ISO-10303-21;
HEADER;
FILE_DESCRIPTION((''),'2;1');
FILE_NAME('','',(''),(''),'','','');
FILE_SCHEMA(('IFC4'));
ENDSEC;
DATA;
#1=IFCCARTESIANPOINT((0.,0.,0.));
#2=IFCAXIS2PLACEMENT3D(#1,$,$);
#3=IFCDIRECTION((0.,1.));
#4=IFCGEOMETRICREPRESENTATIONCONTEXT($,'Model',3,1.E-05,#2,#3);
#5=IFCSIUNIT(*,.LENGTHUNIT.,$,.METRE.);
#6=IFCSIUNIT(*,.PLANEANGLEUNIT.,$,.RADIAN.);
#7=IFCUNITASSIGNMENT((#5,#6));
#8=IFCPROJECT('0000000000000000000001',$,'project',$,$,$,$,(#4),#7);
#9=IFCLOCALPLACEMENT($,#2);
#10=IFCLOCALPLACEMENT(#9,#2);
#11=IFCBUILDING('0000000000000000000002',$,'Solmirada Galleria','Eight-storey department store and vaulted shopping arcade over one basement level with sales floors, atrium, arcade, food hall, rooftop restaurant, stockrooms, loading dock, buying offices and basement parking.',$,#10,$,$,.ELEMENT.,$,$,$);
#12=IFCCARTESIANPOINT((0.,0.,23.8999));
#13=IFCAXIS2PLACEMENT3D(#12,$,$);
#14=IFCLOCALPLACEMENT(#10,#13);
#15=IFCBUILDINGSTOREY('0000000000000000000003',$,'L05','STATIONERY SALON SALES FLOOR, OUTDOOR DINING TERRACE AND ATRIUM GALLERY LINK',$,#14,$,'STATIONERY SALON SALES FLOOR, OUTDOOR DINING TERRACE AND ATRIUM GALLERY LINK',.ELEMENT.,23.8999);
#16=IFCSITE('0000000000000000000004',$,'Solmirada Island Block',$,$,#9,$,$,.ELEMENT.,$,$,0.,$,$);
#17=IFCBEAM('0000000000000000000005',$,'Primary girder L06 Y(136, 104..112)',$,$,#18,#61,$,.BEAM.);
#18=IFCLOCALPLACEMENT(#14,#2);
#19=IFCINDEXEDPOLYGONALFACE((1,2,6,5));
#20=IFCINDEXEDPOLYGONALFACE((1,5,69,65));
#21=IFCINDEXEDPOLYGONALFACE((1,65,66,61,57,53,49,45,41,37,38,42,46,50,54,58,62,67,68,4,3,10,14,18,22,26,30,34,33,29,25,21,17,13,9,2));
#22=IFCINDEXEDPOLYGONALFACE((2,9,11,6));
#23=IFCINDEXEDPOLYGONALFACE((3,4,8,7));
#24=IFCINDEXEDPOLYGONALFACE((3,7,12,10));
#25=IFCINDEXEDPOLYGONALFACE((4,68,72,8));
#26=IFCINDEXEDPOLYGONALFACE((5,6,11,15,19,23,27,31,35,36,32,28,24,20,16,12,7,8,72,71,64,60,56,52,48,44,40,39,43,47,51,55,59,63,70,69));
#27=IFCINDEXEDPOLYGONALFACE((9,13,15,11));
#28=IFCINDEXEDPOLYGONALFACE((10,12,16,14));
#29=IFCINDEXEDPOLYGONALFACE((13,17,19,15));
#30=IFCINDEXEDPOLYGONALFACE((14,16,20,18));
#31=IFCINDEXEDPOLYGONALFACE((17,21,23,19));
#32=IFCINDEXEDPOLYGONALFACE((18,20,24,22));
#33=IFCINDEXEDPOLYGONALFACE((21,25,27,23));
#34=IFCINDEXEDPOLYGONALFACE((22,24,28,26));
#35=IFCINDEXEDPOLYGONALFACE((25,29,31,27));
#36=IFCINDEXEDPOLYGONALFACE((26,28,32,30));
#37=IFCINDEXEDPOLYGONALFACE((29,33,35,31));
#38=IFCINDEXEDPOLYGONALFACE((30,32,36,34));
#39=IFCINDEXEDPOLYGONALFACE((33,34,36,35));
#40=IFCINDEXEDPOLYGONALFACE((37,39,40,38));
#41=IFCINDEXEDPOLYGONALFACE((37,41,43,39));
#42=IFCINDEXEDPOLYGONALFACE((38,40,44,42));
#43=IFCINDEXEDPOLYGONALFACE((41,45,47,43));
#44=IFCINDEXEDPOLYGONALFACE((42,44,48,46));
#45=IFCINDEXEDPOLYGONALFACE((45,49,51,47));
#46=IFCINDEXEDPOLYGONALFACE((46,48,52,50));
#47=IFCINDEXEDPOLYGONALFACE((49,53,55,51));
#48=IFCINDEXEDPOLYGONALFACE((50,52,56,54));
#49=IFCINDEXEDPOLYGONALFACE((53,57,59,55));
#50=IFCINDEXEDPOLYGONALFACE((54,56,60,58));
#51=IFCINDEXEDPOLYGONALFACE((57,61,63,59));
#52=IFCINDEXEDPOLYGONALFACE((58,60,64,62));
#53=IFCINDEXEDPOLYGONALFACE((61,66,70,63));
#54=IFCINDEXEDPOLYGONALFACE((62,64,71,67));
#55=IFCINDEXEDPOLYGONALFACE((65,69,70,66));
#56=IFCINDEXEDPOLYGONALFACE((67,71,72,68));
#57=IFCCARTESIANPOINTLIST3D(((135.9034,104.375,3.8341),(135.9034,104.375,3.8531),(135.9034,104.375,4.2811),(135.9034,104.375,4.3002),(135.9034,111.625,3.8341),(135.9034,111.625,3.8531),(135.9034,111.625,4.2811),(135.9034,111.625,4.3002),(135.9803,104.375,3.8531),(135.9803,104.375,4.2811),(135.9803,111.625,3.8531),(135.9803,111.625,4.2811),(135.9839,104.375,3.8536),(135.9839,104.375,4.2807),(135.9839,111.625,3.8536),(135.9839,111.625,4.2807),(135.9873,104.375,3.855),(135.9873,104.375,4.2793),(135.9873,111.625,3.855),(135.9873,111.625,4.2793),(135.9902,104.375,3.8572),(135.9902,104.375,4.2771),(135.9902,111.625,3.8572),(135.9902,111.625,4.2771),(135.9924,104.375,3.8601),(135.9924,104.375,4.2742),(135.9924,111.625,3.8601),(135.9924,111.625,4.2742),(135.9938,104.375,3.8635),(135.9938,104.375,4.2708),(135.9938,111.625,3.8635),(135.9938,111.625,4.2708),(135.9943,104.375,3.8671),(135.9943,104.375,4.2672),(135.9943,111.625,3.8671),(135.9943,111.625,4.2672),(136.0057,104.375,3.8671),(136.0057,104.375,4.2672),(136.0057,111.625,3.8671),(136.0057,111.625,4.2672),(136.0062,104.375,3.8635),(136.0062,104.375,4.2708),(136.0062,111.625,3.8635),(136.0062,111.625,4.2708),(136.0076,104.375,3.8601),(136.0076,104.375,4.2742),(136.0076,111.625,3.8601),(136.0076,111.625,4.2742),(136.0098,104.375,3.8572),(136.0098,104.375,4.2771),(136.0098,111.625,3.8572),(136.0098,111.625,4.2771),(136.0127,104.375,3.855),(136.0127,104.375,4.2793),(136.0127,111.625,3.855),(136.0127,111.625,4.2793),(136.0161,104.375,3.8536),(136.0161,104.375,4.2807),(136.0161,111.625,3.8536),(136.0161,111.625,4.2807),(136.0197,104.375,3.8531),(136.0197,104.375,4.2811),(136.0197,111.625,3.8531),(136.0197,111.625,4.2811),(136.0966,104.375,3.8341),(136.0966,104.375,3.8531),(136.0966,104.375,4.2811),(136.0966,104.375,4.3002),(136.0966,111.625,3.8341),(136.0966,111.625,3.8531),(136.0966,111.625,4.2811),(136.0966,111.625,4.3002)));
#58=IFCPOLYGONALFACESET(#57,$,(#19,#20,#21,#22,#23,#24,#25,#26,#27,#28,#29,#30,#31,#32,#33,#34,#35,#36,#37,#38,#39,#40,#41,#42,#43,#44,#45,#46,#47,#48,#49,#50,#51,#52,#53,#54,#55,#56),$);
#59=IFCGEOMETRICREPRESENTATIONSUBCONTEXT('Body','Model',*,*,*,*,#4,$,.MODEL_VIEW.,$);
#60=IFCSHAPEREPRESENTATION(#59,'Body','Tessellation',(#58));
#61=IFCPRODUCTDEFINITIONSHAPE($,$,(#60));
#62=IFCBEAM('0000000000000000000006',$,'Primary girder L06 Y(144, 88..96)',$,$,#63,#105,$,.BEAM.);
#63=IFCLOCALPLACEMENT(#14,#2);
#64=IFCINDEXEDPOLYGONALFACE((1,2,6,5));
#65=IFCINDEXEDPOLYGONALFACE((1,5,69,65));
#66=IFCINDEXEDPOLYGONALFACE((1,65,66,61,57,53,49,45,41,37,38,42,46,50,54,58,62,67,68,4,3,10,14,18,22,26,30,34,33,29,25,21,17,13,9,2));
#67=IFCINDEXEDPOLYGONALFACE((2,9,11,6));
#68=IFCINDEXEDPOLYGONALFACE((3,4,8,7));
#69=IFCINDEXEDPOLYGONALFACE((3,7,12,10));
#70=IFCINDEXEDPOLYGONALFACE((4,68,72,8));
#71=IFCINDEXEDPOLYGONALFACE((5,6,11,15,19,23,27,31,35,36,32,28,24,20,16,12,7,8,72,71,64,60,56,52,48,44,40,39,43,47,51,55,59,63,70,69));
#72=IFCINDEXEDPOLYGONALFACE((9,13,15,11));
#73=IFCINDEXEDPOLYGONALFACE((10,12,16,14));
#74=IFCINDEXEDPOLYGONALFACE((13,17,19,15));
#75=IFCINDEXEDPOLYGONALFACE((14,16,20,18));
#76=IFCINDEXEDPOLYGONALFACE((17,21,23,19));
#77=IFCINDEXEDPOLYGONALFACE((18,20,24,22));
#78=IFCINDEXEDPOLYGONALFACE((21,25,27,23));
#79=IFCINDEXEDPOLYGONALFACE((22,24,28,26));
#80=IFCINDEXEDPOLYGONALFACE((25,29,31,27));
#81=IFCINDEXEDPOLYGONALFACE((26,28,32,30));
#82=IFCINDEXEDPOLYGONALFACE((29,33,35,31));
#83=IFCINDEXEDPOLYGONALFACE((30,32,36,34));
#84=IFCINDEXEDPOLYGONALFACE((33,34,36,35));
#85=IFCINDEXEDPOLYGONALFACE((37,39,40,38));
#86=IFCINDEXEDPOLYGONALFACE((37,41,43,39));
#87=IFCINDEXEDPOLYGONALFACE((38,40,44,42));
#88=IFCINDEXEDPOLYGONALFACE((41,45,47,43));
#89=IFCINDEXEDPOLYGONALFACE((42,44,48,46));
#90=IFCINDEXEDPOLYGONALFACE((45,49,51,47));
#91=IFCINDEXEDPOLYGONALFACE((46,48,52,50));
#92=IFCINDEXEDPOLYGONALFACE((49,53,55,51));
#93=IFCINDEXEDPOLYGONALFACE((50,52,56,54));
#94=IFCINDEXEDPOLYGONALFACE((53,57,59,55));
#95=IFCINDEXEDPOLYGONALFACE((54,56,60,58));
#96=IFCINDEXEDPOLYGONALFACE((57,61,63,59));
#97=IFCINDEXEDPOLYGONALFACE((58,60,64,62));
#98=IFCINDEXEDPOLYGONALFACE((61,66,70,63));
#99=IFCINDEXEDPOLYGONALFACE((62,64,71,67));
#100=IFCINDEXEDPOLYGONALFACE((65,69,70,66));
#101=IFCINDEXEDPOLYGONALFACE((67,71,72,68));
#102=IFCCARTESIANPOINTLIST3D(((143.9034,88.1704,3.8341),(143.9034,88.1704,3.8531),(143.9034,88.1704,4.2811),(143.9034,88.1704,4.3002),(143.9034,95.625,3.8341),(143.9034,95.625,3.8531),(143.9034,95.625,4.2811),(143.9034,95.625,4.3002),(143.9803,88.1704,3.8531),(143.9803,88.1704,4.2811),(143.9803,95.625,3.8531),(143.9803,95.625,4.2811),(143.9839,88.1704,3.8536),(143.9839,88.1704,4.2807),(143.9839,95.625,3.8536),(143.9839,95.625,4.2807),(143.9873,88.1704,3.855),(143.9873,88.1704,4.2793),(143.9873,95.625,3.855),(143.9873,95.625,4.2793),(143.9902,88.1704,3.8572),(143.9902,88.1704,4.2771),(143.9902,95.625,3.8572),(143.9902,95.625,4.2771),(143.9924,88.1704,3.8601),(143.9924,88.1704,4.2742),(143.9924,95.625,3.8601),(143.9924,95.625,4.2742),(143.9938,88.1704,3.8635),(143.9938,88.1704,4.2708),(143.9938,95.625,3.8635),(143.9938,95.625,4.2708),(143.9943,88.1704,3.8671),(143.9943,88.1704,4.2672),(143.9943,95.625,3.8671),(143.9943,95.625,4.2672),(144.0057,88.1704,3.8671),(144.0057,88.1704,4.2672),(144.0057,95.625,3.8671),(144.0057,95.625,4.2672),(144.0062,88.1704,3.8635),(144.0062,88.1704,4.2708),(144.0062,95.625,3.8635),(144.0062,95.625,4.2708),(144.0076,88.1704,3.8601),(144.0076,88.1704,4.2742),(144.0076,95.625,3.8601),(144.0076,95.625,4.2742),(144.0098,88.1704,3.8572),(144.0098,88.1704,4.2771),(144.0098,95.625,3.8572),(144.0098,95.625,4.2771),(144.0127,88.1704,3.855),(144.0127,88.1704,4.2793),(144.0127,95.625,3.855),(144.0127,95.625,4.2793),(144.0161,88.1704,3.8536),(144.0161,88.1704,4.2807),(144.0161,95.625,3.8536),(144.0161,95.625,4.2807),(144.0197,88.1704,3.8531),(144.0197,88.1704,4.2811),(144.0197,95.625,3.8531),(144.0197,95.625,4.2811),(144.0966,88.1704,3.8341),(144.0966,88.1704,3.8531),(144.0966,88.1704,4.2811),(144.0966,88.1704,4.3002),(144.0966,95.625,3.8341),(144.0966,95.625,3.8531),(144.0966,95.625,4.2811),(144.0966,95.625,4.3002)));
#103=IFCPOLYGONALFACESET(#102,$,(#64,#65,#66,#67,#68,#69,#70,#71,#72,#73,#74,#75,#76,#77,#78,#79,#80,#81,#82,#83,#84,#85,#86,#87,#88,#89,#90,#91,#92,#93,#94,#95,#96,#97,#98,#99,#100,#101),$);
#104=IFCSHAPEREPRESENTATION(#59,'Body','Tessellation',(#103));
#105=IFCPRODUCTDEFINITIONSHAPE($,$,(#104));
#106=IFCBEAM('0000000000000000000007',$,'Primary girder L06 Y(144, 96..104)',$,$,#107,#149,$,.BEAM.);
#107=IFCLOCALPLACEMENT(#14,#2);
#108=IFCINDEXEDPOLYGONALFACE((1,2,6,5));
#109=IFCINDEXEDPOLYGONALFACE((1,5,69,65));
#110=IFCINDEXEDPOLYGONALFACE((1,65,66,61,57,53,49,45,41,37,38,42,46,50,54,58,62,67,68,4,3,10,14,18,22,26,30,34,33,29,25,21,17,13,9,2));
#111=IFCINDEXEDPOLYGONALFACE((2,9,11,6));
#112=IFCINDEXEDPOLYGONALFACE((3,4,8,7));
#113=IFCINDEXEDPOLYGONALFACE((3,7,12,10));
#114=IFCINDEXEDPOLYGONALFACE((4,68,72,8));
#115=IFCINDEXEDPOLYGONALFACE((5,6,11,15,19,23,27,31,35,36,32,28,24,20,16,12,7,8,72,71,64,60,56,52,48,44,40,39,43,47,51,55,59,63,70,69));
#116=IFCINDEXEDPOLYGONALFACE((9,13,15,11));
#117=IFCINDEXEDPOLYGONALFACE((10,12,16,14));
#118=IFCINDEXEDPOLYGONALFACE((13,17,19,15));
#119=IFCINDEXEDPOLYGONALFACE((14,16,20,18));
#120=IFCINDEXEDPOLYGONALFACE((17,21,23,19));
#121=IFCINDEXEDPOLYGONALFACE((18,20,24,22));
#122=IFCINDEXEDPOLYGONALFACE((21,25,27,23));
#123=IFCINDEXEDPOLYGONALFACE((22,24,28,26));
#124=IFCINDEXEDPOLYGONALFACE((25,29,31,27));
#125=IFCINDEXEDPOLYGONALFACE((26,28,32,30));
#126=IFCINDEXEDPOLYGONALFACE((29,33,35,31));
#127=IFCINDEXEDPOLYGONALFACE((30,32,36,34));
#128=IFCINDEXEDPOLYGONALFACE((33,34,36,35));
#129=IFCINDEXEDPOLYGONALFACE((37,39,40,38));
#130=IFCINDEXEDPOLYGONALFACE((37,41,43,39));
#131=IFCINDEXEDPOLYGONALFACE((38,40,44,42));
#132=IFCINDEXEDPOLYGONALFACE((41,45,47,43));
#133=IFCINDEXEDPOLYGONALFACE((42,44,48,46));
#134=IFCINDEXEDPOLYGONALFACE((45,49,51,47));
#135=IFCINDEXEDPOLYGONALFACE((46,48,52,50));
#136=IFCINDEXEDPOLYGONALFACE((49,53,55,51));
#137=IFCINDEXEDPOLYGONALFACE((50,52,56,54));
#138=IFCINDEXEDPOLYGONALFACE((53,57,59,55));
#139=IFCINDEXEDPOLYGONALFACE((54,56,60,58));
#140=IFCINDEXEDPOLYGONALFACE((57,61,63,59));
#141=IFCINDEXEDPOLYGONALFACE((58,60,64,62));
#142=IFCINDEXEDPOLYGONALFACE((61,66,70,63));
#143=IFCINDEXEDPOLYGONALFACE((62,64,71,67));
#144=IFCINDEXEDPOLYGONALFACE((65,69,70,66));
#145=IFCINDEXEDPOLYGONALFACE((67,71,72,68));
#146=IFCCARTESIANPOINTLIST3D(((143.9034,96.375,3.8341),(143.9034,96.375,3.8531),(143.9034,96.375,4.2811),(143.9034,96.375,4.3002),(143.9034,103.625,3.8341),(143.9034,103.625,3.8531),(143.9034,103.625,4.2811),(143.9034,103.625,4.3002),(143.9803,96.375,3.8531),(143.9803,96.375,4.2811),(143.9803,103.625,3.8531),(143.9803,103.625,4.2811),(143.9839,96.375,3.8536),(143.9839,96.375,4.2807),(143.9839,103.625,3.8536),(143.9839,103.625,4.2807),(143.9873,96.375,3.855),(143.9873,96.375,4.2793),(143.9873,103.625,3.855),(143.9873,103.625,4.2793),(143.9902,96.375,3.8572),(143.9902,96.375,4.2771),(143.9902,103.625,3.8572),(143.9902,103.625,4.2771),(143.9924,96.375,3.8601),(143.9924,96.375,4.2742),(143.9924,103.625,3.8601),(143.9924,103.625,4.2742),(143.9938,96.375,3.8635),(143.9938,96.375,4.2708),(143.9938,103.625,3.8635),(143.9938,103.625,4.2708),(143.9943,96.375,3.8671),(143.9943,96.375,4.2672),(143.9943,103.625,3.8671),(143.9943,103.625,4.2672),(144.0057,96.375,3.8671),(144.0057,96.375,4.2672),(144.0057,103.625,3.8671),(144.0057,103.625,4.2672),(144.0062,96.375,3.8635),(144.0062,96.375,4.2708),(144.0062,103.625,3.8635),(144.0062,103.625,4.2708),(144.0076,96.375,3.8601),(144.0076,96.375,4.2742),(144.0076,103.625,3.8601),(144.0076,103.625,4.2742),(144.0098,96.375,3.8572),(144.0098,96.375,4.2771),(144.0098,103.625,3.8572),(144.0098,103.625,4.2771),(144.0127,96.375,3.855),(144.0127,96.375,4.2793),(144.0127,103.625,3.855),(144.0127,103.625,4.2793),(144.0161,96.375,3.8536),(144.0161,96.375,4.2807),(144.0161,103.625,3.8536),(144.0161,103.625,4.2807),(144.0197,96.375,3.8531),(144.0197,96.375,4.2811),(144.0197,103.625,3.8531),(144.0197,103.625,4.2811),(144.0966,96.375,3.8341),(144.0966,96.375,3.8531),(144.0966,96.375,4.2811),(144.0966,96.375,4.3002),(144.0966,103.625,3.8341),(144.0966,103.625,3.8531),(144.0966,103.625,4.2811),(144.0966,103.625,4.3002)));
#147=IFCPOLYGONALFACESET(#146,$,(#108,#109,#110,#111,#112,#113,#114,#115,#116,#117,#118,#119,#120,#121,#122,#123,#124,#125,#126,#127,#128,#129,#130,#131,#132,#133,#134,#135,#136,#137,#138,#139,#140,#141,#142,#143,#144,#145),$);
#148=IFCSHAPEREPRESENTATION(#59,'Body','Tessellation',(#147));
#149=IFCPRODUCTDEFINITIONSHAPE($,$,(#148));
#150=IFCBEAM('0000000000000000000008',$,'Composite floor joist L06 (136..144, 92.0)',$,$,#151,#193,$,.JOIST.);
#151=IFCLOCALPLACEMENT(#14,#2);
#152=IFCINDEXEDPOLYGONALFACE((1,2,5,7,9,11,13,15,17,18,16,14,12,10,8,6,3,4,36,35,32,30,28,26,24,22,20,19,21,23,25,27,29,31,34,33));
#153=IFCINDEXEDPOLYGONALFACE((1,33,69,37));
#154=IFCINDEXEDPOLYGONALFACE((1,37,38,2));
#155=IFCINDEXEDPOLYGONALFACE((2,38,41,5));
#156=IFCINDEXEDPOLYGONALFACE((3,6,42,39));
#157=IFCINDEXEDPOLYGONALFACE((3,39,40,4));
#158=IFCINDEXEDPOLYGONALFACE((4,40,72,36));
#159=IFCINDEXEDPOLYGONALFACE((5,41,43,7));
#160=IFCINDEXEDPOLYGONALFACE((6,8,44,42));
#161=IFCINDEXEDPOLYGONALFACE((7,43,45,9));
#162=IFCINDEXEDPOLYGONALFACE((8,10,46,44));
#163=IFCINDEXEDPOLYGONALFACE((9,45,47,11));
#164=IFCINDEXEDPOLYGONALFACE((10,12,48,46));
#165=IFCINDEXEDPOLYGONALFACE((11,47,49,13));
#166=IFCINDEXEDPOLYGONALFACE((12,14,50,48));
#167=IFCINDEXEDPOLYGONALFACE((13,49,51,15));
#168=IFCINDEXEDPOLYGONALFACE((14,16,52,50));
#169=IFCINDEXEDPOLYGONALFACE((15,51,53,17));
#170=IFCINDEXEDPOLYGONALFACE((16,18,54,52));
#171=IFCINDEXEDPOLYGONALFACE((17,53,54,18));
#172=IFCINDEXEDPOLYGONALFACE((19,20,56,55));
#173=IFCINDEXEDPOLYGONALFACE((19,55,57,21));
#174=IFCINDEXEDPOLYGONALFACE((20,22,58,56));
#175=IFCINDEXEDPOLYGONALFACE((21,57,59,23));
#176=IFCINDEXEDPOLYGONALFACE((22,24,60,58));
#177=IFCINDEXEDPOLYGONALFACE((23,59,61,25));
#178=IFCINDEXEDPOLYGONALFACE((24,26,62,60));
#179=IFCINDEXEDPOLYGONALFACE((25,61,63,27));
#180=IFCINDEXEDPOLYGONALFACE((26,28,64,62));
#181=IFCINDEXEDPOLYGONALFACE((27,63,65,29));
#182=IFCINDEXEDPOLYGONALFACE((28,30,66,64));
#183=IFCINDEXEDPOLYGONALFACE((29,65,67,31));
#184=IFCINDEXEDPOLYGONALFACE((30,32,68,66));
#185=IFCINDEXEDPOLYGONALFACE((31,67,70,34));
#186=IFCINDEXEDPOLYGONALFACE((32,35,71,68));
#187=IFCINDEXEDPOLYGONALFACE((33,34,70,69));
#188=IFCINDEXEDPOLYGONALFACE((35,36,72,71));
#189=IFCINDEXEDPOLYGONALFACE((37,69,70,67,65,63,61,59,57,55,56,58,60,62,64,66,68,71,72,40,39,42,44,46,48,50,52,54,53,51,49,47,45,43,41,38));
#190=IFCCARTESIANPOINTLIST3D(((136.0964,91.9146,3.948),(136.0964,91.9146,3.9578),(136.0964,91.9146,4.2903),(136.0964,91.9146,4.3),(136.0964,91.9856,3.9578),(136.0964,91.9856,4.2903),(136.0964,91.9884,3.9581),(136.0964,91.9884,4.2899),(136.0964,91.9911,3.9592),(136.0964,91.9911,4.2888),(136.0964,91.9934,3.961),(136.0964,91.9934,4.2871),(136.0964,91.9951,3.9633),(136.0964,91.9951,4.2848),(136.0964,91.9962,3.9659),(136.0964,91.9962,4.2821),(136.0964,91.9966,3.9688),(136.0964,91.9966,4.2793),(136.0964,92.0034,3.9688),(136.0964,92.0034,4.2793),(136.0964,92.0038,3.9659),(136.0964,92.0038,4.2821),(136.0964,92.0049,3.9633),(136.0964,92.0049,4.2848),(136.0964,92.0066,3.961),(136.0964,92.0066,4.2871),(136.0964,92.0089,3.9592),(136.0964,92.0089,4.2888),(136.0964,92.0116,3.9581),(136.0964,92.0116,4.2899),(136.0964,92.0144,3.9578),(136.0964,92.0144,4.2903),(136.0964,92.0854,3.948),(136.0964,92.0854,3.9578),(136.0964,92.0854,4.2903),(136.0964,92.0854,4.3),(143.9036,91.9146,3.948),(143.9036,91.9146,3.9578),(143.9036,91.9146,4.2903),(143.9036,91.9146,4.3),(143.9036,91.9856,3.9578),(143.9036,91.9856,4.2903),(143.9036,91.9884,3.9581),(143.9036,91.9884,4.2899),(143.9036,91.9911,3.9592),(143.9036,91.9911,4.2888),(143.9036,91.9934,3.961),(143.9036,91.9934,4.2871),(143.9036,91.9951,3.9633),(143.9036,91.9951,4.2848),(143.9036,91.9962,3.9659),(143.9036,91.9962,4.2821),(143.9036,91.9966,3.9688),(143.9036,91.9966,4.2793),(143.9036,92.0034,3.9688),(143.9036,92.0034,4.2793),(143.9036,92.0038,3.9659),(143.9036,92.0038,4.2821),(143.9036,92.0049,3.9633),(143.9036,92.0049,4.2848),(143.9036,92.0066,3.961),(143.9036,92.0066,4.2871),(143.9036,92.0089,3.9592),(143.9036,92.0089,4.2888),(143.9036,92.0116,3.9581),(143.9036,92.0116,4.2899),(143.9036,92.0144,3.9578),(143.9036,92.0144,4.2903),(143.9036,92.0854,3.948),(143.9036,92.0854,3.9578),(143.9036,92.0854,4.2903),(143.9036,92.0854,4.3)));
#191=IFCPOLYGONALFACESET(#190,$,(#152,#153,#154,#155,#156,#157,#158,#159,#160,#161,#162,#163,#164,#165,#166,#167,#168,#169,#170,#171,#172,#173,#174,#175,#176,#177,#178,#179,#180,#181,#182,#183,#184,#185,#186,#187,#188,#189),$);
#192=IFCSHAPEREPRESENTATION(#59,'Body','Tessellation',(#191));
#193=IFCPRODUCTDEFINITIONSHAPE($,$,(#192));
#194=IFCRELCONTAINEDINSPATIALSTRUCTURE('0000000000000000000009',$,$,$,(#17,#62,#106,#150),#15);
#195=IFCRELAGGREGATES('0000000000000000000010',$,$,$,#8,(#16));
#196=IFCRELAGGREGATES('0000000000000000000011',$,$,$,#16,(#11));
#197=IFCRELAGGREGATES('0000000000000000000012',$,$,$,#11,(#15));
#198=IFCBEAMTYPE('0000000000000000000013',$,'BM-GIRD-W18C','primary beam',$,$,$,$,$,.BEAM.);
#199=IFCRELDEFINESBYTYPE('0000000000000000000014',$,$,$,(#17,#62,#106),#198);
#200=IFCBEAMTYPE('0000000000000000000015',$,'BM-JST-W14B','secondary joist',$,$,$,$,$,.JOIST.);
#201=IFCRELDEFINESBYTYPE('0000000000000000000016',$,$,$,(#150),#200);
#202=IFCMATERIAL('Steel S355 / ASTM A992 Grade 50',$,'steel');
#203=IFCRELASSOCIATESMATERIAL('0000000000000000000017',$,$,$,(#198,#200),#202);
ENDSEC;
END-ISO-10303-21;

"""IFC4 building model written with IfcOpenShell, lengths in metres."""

from ifc_helpers import new_model, si_unit, direction, frame, origin, origin_2d, place, context, subcontext, project, spatial, i_section, extrude, material, material_profile, profile_set, type_object, element, save


model = new_model("IFC4")

# Units and contexts
model_context = context("Model", 3, precision=1e-05, world=origin(), true_north=direction((0.0, 1.0)))
body_context = subcontext(model_context, "Body", "Model", "MODEL_VIEW")
ifc_project = project(units=[si_unit("LENGTHUNIT", "METRE"), si_unit("PLANEANGLEUNIT", "RADIAN")], contexts=[model_context])

# Site, building, storey
site_placement = place(None, origin())
site = spatial("IfcSite", under=ifc_project, at=site_placement, Name="Solmirada Island Block", CompositionType="ELEMENT", RefElevation=0.0)
building_placement = place(site_placement, origin())
building = spatial("IfcBuilding", under=site, at=building_placement, Name="Solmirada Galleria", Description="Eight-storey department store and vaulted shopping arcade over one basement level with sales floors, atrium, arcade, food hall, rooftop restaurant, stockrooms, loading dock, buying offices and basement parking.", CompositionType="ELEMENT")
storey_placement = place(building_placement, frame((0.0, 0.0, 23.8999)))
storey = spatial("IfcBuildingStorey", under=building, at=storey_placement, Name="L05", Description="STATIONERY SALON SALES FLOOR, OUTDOOR DINING TERRACE AND ATRIUM GALLERY LINK", LongName="STATIONERY SALON SALES FLOOR, OUTDOOR DINING TERRACE AND ATRIUM GALLERY LINK", CompositionType="ELEMENT", Elevation=23.8999)

# Beams
ifc_material_1 = material(Name="Steel S355 / ASTM A992 Grade 50", Category="steel")
ifc_material_profile_1 = material_profile(ifc_material_1, i_section(OverallWidth=0.1931, OverallDepth=0.4661, WebThickness=0.0115, FlangeThickness=0.019, FilletRadius=0.0139, at=origin_2d()), Name="W18X65")
ifc_profile_set_1 = profile_set([ifc_material_profile_1], Name="Steel S355 / ASTM A992 Grade 50")
beam_type_1 = type_object("IfcBeamType", Name="BM-GIRD-W18C", Description="primary beam", PredefinedType="BEAM", material=ifc_profile_set_1)
for number, where, z_axis, x_axis, name in (
    (1, (136.0, 104.375, 4.0671), (0.0, 1.0, 0.0), (-1.0, 0.0, 0.0), "Primary girder L06 Y(136, 104..112)"),
):
    element("IfcBeam", number, at=place(storey_placement, frame(where, z_axis=z_axis, x_axis=x_axis)), inside=storey, type_object=beam_type_1, Name=name, PredefinedType="BEAM", context=body_context, shape_type="SweptSolid", body=[
        extrude(i_section(OverallWidth=0.1931, OverallDepth=0.4661, WebThickness=0.0115, FlangeThickness=0.019, FilletRadius=0.0139, at=origin_2d()), origin(), (0.0, 0.0, 1.0), 7.25),
    ])
beam_1_placement = place(storey_placement, frame((144.0, 88.1704, 4.0671), z_axis=(0.0, 1.0, 0.0), x_axis=(-1.0, 0.0, 0.0)))
element("IfcBeam", 2, at=beam_1_placement, inside=storey, type_object=beam_type_1, Name="Primary girder L06 Y(144, 88..96)", PredefinedType="BEAM", context=body_context, shape_type="SweptSolid", body=[
    extrude(i_section(OverallWidth=0.1931, OverallDepth=0.4661, WebThickness=0.0115, FlangeThickness=0.019, FilletRadius=0.0139, at=origin_2d()), origin(), (0.0, 0.0, 1.0), 7.4546),
])
beam_2_placement = place(storey_placement, frame((144.0, 96.375, 4.0671), z_axis=(0.0, 1.0, 0.0), x_axis=(-1.0, 0.0, 0.0)))
element("IfcBeam", 3, at=beam_2_placement, inside=storey, type_object=beam_type_1, Name="Primary girder L06 Y(144, 96..104)", PredefinedType="BEAM", context=body_context, shape_type="SweptSolid", body=[
    extrude(i_section(OverallWidth=0.1931, OverallDepth=0.4661, WebThickness=0.0115, FlangeThickness=0.019, FilletRadius=0.0139, at=origin_2d()), origin(), (0.0, 0.0, 1.0), 7.25),
])
ifc_material_profile_2 = material_profile(ifc_material_1, i_section(OverallWidth=0.1709, OverallDepth=0.3521, WebThickness=0.0068, FlangeThickness=0.0098, FilletRadius=0.011, at=origin_2d()), Name="W14X30")
ifc_profile_set_2 = profile_set([ifc_material_profile_2], Name="Steel S355 / ASTM A992 Grade 50")
beam_type_2 = type_object("IfcBeamType", Name="BM-JST-W14B", Description="secondary joist", PredefinedType="JOIST", material=ifc_profile_set_2)
for number, where, z_axis, x_axis, name in (
    (4, (136.0964, 92.0, 4.124), (1.0, 0.0, 0.0), (0.0, 1.0, 0.0), "Composite floor joist L06 (136..144, 92.0)"),
):
    element("IfcBeam", number, at=place(storey_placement, frame(where, z_axis=z_axis, x_axis=x_axis)), inside=storey, type_object=beam_type_2, Name=name, PredefinedType="JOIST", context=body_context, shape_type="SweptSolid", body=[
        extrude(i_section(OverallWidth=0.1709, OverallDepth=0.3521, WebThickness=0.0068, FlangeThickness=0.0098, FilletRadius=0.011, at=origin_2d()), origin(), (0.0, 0.0, 1.0), 7.8071),
    ])

save(model, "model.ifc")
